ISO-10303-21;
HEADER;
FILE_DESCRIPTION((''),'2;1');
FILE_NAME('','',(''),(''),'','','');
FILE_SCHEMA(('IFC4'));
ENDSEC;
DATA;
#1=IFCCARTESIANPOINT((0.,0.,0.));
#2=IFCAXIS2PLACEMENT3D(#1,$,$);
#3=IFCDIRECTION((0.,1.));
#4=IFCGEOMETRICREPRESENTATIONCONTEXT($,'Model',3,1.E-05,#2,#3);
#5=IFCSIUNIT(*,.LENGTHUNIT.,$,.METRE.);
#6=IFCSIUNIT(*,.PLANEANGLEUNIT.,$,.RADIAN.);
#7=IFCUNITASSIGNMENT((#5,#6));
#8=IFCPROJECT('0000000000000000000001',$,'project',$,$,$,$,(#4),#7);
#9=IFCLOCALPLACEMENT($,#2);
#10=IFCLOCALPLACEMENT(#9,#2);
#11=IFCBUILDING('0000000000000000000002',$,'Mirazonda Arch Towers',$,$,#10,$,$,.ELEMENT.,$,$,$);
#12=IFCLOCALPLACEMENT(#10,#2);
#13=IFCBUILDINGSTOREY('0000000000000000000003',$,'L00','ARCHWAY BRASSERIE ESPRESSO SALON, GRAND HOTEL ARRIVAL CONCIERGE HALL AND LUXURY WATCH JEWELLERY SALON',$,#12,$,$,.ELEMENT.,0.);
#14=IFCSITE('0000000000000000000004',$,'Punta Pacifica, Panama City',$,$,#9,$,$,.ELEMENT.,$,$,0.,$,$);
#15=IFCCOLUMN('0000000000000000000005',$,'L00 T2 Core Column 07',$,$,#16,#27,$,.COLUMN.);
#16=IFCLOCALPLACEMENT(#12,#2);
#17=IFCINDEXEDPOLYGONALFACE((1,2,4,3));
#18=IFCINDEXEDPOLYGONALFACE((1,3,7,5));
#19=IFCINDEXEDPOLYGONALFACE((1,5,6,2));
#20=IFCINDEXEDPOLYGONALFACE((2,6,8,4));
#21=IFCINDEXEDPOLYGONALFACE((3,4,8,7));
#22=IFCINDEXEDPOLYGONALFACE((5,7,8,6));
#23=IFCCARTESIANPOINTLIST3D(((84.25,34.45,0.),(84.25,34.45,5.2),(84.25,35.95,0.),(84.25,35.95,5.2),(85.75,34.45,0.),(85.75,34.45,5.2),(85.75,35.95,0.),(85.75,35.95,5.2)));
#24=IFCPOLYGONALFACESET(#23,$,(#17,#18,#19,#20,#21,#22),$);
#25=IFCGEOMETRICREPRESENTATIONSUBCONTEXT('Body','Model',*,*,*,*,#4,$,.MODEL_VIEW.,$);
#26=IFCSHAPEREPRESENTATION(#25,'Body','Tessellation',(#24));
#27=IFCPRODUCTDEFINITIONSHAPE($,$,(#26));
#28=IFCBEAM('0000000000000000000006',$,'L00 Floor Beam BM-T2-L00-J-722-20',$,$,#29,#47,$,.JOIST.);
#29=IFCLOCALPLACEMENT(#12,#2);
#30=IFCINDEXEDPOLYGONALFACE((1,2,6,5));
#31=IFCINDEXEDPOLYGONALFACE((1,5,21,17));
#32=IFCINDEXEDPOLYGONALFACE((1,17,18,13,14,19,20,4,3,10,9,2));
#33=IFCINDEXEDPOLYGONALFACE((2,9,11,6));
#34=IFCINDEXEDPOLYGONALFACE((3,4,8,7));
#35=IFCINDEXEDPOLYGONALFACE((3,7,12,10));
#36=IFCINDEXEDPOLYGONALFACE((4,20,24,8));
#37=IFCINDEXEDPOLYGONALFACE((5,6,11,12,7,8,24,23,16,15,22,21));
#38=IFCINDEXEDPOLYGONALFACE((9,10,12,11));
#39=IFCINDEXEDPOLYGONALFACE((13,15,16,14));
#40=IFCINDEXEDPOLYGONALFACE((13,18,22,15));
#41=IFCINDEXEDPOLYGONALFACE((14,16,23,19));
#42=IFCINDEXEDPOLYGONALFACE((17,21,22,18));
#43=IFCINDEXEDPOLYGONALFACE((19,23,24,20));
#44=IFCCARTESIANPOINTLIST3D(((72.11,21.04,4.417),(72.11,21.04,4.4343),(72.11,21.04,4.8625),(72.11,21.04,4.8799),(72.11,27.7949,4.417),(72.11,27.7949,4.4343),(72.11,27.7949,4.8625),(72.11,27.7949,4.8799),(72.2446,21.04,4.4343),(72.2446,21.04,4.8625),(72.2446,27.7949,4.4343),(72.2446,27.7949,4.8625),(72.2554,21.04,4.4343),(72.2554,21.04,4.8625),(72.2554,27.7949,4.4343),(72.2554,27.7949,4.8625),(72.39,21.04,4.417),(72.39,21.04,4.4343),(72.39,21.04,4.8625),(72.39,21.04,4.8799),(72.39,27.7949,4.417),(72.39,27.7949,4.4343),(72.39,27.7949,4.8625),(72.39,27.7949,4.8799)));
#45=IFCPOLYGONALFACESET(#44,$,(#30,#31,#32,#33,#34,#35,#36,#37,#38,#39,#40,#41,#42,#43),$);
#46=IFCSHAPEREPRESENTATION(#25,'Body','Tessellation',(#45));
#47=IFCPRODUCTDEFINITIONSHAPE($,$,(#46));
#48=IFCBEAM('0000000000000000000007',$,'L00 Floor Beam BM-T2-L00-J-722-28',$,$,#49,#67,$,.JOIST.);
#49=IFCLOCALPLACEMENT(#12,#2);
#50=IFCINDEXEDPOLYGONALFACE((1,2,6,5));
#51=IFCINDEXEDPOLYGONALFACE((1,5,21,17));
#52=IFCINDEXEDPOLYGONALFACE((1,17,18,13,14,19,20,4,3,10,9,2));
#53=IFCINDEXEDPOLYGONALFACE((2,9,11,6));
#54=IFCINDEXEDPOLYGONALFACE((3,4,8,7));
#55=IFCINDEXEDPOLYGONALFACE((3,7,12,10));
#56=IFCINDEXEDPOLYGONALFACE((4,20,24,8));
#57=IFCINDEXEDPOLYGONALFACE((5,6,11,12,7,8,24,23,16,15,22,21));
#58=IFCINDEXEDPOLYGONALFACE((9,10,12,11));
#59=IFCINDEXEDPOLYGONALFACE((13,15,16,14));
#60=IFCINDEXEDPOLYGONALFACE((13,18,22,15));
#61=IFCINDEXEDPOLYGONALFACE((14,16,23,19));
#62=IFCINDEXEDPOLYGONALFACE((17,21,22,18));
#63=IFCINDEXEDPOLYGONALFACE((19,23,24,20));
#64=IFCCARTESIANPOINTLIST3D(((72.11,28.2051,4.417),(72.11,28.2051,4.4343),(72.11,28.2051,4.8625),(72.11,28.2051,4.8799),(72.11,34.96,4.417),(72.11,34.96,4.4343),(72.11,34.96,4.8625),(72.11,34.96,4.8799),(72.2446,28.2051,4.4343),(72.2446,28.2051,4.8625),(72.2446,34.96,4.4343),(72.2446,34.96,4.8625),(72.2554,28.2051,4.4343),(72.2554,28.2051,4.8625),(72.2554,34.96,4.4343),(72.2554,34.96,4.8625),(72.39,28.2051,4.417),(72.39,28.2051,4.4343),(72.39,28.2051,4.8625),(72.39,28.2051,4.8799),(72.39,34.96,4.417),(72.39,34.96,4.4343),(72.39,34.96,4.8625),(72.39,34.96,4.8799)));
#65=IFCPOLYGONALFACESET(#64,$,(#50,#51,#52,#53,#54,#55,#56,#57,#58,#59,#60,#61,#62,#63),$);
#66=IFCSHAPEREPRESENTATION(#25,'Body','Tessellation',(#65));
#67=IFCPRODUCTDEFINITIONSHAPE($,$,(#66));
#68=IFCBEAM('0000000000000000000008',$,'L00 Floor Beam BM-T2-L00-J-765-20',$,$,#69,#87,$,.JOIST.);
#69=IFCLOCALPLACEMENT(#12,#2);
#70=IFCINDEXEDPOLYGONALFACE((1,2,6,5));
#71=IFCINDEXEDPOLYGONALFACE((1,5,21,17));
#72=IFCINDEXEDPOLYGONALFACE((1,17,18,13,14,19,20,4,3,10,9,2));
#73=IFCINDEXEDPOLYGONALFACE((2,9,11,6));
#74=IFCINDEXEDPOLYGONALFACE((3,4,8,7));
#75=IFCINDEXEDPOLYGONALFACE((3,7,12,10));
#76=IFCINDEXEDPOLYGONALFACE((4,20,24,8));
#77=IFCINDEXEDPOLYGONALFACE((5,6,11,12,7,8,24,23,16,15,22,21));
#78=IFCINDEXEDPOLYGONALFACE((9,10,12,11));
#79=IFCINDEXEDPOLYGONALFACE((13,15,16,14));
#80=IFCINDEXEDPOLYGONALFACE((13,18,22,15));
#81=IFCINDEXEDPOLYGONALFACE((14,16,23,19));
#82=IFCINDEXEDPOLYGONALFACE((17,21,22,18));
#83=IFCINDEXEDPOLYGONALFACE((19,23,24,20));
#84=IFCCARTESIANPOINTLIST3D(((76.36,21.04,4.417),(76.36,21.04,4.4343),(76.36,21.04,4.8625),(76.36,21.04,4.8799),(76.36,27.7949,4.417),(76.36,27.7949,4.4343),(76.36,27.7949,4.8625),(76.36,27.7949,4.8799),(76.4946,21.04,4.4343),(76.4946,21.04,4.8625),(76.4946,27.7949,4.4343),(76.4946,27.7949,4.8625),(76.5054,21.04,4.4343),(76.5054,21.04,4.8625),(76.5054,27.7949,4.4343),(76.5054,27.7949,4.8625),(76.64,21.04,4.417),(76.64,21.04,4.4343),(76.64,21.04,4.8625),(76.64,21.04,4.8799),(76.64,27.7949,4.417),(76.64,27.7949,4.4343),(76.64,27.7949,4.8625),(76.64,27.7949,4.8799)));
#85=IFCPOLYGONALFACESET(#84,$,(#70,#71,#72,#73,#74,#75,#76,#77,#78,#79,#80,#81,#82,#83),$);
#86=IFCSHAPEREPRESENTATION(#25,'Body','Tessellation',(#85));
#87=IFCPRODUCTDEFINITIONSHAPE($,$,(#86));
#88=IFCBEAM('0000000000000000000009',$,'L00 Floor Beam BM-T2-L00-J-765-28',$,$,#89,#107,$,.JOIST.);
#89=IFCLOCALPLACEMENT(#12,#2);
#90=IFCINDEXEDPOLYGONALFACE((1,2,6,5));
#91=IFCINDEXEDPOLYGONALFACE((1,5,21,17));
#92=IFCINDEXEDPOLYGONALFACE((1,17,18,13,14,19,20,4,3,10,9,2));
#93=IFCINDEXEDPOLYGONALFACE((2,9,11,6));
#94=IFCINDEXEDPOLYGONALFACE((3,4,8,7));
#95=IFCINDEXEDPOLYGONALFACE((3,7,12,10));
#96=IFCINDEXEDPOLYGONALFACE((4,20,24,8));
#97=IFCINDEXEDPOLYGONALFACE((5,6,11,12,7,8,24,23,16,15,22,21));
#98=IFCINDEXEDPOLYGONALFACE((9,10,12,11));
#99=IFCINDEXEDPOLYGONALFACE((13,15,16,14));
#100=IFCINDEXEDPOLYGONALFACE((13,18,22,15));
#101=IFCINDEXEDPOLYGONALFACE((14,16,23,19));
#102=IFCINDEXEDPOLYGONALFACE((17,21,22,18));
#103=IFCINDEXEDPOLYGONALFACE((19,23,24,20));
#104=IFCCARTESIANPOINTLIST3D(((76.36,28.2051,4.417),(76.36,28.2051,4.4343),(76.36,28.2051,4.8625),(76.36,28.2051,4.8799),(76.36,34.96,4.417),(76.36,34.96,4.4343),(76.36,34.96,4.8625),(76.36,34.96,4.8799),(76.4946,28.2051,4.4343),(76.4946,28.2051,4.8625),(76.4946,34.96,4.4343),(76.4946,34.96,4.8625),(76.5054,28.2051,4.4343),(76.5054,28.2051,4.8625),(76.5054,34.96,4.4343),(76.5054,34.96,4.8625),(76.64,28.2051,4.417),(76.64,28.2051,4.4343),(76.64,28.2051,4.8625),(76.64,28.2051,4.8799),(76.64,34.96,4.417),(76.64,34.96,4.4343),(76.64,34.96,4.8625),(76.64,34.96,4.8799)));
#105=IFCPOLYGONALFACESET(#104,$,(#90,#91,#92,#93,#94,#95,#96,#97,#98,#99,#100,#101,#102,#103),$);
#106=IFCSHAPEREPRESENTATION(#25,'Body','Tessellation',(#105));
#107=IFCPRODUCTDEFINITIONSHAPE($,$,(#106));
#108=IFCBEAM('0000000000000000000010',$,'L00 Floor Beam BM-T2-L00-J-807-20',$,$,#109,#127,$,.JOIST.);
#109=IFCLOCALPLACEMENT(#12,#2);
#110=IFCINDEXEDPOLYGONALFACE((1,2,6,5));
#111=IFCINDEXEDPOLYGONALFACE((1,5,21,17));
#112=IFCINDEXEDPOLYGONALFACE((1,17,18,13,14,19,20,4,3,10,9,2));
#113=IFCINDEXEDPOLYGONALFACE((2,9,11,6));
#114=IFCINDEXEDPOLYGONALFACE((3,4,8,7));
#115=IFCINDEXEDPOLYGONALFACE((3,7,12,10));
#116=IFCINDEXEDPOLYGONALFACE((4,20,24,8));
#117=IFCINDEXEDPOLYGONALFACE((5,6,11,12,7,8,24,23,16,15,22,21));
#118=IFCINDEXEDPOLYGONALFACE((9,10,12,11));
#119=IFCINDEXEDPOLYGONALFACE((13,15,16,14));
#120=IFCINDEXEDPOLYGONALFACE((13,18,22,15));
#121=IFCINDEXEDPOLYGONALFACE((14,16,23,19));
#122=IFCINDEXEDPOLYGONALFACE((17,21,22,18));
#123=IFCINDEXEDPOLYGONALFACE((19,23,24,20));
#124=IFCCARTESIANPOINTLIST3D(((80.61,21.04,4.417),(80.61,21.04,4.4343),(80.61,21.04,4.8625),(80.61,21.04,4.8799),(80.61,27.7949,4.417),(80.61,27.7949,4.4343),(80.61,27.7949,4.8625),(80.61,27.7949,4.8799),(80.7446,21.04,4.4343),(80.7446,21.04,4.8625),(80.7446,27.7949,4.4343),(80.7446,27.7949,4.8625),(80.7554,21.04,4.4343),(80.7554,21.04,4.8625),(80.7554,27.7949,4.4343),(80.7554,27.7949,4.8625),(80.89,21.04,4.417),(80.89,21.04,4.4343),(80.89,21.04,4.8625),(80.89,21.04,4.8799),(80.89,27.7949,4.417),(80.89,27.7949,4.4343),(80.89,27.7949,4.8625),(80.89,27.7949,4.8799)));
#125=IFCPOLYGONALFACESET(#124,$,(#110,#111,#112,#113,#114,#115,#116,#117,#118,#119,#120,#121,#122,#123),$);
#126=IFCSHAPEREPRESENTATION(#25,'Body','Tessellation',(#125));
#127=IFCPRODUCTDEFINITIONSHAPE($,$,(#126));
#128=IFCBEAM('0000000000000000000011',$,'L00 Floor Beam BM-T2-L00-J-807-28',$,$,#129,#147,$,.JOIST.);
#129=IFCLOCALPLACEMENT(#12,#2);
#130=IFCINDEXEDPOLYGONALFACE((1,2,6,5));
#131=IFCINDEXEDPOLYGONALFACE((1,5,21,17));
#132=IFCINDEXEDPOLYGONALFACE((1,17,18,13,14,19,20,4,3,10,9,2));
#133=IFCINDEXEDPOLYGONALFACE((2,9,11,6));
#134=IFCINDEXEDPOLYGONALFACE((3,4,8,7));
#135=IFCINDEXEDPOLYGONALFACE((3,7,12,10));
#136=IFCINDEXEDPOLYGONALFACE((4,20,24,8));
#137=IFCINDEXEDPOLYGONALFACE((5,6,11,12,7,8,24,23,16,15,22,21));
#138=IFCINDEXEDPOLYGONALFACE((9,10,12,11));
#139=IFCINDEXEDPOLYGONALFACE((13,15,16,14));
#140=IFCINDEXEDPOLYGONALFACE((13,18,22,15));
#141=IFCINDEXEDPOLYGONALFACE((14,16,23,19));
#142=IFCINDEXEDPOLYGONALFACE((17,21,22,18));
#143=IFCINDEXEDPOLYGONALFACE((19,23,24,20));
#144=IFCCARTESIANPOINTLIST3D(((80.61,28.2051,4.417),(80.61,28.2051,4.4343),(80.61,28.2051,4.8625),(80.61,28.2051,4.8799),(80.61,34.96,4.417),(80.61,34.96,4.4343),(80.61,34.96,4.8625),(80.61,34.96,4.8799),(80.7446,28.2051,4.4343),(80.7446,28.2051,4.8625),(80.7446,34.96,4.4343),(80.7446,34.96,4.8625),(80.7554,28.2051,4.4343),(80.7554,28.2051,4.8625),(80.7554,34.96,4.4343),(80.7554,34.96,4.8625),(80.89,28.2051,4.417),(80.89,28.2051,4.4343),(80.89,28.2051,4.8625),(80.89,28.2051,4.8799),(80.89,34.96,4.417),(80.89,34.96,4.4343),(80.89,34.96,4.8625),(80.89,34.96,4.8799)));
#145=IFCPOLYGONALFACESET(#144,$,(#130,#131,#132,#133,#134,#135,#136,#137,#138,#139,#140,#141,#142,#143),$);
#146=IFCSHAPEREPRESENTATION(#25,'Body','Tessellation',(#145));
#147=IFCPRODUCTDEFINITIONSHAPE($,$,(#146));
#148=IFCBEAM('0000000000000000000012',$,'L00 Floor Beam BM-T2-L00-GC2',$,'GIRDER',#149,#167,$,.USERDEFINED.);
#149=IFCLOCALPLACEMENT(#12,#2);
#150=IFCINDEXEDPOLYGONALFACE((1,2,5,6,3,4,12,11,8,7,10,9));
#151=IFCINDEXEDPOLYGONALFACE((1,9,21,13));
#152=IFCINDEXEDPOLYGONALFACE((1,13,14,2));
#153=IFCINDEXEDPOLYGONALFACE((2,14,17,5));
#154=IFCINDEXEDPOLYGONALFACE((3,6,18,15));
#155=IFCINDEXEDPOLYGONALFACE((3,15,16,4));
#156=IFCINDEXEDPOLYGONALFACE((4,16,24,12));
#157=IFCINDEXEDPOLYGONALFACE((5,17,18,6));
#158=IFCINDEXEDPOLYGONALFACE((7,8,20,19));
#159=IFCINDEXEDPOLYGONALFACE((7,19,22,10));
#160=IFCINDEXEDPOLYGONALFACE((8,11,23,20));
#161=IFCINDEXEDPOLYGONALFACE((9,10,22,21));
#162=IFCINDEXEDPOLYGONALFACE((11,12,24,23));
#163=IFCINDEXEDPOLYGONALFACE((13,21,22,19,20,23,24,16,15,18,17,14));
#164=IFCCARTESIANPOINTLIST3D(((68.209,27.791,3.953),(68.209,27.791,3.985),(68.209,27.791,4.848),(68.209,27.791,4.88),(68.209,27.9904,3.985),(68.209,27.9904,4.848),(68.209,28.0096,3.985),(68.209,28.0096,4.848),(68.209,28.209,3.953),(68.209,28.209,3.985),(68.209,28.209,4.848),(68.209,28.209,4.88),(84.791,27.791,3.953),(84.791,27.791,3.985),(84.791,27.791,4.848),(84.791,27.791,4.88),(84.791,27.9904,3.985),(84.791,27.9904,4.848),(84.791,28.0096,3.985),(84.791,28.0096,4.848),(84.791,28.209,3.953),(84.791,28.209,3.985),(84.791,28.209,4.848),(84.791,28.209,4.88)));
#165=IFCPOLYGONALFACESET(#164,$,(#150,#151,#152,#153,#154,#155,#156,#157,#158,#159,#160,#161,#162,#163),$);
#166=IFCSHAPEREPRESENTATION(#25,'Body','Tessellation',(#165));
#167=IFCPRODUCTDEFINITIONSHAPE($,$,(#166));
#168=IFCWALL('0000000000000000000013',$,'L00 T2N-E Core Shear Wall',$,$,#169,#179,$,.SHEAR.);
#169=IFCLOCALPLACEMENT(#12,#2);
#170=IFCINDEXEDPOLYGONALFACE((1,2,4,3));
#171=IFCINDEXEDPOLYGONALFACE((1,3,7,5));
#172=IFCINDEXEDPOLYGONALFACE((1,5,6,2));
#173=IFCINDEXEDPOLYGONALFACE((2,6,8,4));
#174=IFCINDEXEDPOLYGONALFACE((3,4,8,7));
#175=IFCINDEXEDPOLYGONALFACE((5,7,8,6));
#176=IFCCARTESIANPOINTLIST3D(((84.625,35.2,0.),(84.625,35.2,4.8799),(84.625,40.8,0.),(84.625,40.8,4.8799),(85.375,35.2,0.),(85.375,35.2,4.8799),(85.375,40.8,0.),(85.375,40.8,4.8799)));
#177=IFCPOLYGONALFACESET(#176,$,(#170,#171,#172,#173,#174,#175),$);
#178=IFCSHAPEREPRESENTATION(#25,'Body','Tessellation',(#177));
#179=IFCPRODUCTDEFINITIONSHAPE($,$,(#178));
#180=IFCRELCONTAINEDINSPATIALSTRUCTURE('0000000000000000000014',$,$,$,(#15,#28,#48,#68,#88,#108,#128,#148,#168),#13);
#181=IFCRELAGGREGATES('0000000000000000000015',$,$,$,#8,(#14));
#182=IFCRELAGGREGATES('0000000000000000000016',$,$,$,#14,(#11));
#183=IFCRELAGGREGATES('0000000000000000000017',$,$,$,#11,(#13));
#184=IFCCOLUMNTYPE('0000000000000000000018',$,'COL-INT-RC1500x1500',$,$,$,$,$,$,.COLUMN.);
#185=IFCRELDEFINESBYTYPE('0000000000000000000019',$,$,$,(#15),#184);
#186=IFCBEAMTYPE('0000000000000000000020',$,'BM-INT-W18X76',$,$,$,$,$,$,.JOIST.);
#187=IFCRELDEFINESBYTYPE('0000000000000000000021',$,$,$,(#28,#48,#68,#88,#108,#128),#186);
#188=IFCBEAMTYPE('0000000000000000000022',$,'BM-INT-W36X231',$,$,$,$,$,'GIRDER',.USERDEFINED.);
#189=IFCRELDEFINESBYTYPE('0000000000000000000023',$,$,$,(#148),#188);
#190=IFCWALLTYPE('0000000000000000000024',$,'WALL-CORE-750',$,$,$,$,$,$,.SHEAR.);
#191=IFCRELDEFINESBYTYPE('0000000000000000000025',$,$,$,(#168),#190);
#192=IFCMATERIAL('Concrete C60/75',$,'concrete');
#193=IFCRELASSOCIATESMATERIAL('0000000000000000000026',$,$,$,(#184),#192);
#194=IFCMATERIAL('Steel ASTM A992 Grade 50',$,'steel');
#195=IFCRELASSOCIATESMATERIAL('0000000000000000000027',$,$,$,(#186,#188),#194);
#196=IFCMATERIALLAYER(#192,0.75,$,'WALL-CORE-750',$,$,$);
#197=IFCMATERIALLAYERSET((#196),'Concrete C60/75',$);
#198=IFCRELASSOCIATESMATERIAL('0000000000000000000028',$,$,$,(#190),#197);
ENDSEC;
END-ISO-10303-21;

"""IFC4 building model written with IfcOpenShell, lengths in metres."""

from ifc_helpers import new_model, si_unit, direction, frame, frame_2d, origin, origin_2d, place, context, subcontext, project, spatial, rectangle, i_section, extrude, material, layer, layer_set, material_profile, profile_set, type_object, element, save


model = new_model("IFC4")

# Units and contexts
model_context = context("Model", 3, precision=1e-05, world=origin(), true_north=direction((0.0, 1.0)))
body_context = subcontext(model_context, "Body", "Model", "MODEL_VIEW")
ifc_project = project(units=[si_unit("LENGTHUNIT", "METRE"), si_unit("PLANEANGLEUNIT", "RADIAN")], contexts=[model_context])

# Site, building, storey
site_placement = place(None, origin())
site = spatial("IfcSite", under=ifc_project, at=site_placement, Name="Punta Pacifica, Panama City", CompositionType="ELEMENT", RefElevation=0.0)
building_placement = place(site_placement, origin())
building = spatial("IfcBuilding", under=site, at=building_placement, Name="Mirazonda Arch Towers", CompositionType="ELEMENT")
storey_placement = place(building_placement, origin())
storey = spatial("IfcBuildingStorey", under=building, at=storey_placement, Name="L00", Description="ARCHWAY BRASSERIE ESPRESSO SALON, GRAND HOTEL ARRIVAL CONCIERGE HALL AND LUXURY WATCH JEWELLERY SALON", CompositionType="ELEMENT", Elevation=0.0)

# Column
ifc_material_1 = material(Name="Concrete C60/75", Category="concrete")
ifc_material_profile_1 = material_profile(ifc_material_1, rectangle(XDim=1.5, YDim=1.5, at=origin_2d()), Name="RC1500x1500")
ifc_profile_set_1 = profile_set([ifc_material_profile_1], Name="Concrete C60/75")
column_type = type_object("IfcColumnType", Name="COL-INT-RC1500x1500", PredefinedType="COLUMN", material=ifc_profile_set_1)
column_placement = place(storey_placement, frame((85.0, 35.2, 0.0), z_axis=(0.0, 0.0, 1.0), x_axis=(1.0, 0.0, 0.0)))
element("IfcColumn", 1, at=column_placement, inside=storey, type_object=column_type, Name="L00 T2 Core Column 07", PredefinedType="COLUMN", context=body_context, shape_type="SweptSolid", body=[
    extrude(rectangle(XDim=1.5, YDim=1.5, at=origin_2d()), origin(), (0.0, 0.0, 1.0), 5.2),
])

# Beams
ifc_material_2 = material(Name="Steel ASTM A992 Grade 50", Category="steel")
ifc_material_profile_2 = material_profile(ifc_material_2, i_section(OverallWidth=0.28, OverallDepth=0.4629, WebThickness=0.0107, FlangeThickness=0.0173, at=origin_2d()), Name="W18X76")
ifc_profile_set_2 = profile_set([ifc_material_profile_2], Name="Steel ASTM A992 Grade 50")
beam_type_1 = type_object("IfcBeamType", Name="BM-INT-W18X76", PredefinedType="JOIST", material=ifc_profile_set_2)
for number, where, z_axis, x_axis, name in (
    (2, (72.25, 21.04, 4.6484), (0.0, 1.0, 0.0), (-1.0, 0.0, 0.0), "L00 Floor Beam BM-T2-L00-J-722-20"),
    (3, (72.25, 28.2051, 4.6484), (0.0, 1.0, 0.0), (-1.0, 0.0, 0.0), "L00 Floor Beam BM-T2-L00-J-722-28"),
    (4, (76.5, 21.04, 4.6484), (0.0, 1.0, 0.0), (-1.0, 0.0, 0.0), "L00 Floor Beam BM-T2-L00-J-765-20"),
    (5, (76.5, 28.2051, 4.6484), (0.0, 1.0, 0.0), (-1.0, 0.0, 0.0), "L00 Floor Beam BM-T2-L00-J-765-28"),
    (6, (80.75, 21.04, 4.6484), (0.0, 1.0, 0.0), (-1.0, 0.0, 0.0), "L00 Floor Beam BM-T2-L00-J-807-20"),
    (7, (80.75, 28.2051, 4.6484), (0.0, 1.0, 0.0), (-1.0, 0.0, 0.0), "L00 Floor Beam BM-T2-L00-J-807-28"),
):
    element("IfcBeam", number, at=place(storey_placement, frame(where, z_axis=z_axis, x_axis=x_axis)), inside=storey, type_object=beam_type_1, Name=name, PredefinedType="JOIST", context=body_context, shape_type="SweptSolid", body=[
        extrude(i_section(OverallWidth=0.28, OverallDepth=0.4629, WebThickness=0.0107, FlangeThickness=0.0173, at=origin_2d()), origin(), (0.0, 0.0, 1.0), 6.7549),
    ])
ifc_material_profile_3 = material_profile(ifc_material_2, i_section(OverallWidth=0.418, OverallDepth=0.927, WebThickness=0.0193, FlangeThickness=0.032, at=origin_2d()), Name="W36X231")
ifc_profile_set_3 = profile_set([ifc_material_profile_3], Name="Steel ASTM A992 Grade 50")
beam_type_2 = type_object("IfcBeamType", Name="BM-INT-W36X231", ElementType="GIRDER", PredefinedType="USERDEFINED", material=ifc_profile_set_3)
beam_placement = place(storey_placement, frame((68.209, 28.0, 4.4165), z_axis=(1.0, 0.0, 0.0), x_axis=(0.0, 1.0, 0.0)))
element("IfcBeam", 8, at=beam_placement, inside=storey, type_object=beam_type_2, Name="L00 Floor Beam BM-T2-L00-GC2", ObjectType="GIRDER", PredefinedType="USERDEFINED", context=body_context, shape_type="SweptSolid", body=[
    extrude(i_section(OverallWidth=0.418, OverallDepth=0.927, WebThickness=0.0193, FlangeThickness=0.032, at=origin_2d()), origin(), (0.0, 0.0, 1.0), 16.582),
])

# Wall
ifc_layer_1 = layer(ifc_material_1, 0.75, Name="WALL-CORE-750")
ifc_layer_set_1 = layer_set([ifc_layer_1], Name="Concrete C60/75")
wall_type_1 = type_object("IfcWallType", Name="WALL-CORE-750", PredefinedType="SHEAR", material=ifc_layer_set_1)
wall_1_placement = place(storey_placement, frame((85.0, 35.2, 0.0), z_axis=(0.0, 0.0, 1.0), x_axis=(0.0, 1.0, 0.0)))
element("IfcWall", 9, at=wall_1_placement, inside=storey, type_object=wall_type_1, Name="L00 T2N-E Core Shear Wall", PredefinedType="SHEAR", context=body_context, shape_type="SweptSolid", body=[
    extrude(rectangle(XDim=5.6001, YDim=0.75, at=frame_2d((2.8, 0.0))), origin(), (0.0, 0.0, 1.0), 4.8799),
])

save(model, "model.ifc")
